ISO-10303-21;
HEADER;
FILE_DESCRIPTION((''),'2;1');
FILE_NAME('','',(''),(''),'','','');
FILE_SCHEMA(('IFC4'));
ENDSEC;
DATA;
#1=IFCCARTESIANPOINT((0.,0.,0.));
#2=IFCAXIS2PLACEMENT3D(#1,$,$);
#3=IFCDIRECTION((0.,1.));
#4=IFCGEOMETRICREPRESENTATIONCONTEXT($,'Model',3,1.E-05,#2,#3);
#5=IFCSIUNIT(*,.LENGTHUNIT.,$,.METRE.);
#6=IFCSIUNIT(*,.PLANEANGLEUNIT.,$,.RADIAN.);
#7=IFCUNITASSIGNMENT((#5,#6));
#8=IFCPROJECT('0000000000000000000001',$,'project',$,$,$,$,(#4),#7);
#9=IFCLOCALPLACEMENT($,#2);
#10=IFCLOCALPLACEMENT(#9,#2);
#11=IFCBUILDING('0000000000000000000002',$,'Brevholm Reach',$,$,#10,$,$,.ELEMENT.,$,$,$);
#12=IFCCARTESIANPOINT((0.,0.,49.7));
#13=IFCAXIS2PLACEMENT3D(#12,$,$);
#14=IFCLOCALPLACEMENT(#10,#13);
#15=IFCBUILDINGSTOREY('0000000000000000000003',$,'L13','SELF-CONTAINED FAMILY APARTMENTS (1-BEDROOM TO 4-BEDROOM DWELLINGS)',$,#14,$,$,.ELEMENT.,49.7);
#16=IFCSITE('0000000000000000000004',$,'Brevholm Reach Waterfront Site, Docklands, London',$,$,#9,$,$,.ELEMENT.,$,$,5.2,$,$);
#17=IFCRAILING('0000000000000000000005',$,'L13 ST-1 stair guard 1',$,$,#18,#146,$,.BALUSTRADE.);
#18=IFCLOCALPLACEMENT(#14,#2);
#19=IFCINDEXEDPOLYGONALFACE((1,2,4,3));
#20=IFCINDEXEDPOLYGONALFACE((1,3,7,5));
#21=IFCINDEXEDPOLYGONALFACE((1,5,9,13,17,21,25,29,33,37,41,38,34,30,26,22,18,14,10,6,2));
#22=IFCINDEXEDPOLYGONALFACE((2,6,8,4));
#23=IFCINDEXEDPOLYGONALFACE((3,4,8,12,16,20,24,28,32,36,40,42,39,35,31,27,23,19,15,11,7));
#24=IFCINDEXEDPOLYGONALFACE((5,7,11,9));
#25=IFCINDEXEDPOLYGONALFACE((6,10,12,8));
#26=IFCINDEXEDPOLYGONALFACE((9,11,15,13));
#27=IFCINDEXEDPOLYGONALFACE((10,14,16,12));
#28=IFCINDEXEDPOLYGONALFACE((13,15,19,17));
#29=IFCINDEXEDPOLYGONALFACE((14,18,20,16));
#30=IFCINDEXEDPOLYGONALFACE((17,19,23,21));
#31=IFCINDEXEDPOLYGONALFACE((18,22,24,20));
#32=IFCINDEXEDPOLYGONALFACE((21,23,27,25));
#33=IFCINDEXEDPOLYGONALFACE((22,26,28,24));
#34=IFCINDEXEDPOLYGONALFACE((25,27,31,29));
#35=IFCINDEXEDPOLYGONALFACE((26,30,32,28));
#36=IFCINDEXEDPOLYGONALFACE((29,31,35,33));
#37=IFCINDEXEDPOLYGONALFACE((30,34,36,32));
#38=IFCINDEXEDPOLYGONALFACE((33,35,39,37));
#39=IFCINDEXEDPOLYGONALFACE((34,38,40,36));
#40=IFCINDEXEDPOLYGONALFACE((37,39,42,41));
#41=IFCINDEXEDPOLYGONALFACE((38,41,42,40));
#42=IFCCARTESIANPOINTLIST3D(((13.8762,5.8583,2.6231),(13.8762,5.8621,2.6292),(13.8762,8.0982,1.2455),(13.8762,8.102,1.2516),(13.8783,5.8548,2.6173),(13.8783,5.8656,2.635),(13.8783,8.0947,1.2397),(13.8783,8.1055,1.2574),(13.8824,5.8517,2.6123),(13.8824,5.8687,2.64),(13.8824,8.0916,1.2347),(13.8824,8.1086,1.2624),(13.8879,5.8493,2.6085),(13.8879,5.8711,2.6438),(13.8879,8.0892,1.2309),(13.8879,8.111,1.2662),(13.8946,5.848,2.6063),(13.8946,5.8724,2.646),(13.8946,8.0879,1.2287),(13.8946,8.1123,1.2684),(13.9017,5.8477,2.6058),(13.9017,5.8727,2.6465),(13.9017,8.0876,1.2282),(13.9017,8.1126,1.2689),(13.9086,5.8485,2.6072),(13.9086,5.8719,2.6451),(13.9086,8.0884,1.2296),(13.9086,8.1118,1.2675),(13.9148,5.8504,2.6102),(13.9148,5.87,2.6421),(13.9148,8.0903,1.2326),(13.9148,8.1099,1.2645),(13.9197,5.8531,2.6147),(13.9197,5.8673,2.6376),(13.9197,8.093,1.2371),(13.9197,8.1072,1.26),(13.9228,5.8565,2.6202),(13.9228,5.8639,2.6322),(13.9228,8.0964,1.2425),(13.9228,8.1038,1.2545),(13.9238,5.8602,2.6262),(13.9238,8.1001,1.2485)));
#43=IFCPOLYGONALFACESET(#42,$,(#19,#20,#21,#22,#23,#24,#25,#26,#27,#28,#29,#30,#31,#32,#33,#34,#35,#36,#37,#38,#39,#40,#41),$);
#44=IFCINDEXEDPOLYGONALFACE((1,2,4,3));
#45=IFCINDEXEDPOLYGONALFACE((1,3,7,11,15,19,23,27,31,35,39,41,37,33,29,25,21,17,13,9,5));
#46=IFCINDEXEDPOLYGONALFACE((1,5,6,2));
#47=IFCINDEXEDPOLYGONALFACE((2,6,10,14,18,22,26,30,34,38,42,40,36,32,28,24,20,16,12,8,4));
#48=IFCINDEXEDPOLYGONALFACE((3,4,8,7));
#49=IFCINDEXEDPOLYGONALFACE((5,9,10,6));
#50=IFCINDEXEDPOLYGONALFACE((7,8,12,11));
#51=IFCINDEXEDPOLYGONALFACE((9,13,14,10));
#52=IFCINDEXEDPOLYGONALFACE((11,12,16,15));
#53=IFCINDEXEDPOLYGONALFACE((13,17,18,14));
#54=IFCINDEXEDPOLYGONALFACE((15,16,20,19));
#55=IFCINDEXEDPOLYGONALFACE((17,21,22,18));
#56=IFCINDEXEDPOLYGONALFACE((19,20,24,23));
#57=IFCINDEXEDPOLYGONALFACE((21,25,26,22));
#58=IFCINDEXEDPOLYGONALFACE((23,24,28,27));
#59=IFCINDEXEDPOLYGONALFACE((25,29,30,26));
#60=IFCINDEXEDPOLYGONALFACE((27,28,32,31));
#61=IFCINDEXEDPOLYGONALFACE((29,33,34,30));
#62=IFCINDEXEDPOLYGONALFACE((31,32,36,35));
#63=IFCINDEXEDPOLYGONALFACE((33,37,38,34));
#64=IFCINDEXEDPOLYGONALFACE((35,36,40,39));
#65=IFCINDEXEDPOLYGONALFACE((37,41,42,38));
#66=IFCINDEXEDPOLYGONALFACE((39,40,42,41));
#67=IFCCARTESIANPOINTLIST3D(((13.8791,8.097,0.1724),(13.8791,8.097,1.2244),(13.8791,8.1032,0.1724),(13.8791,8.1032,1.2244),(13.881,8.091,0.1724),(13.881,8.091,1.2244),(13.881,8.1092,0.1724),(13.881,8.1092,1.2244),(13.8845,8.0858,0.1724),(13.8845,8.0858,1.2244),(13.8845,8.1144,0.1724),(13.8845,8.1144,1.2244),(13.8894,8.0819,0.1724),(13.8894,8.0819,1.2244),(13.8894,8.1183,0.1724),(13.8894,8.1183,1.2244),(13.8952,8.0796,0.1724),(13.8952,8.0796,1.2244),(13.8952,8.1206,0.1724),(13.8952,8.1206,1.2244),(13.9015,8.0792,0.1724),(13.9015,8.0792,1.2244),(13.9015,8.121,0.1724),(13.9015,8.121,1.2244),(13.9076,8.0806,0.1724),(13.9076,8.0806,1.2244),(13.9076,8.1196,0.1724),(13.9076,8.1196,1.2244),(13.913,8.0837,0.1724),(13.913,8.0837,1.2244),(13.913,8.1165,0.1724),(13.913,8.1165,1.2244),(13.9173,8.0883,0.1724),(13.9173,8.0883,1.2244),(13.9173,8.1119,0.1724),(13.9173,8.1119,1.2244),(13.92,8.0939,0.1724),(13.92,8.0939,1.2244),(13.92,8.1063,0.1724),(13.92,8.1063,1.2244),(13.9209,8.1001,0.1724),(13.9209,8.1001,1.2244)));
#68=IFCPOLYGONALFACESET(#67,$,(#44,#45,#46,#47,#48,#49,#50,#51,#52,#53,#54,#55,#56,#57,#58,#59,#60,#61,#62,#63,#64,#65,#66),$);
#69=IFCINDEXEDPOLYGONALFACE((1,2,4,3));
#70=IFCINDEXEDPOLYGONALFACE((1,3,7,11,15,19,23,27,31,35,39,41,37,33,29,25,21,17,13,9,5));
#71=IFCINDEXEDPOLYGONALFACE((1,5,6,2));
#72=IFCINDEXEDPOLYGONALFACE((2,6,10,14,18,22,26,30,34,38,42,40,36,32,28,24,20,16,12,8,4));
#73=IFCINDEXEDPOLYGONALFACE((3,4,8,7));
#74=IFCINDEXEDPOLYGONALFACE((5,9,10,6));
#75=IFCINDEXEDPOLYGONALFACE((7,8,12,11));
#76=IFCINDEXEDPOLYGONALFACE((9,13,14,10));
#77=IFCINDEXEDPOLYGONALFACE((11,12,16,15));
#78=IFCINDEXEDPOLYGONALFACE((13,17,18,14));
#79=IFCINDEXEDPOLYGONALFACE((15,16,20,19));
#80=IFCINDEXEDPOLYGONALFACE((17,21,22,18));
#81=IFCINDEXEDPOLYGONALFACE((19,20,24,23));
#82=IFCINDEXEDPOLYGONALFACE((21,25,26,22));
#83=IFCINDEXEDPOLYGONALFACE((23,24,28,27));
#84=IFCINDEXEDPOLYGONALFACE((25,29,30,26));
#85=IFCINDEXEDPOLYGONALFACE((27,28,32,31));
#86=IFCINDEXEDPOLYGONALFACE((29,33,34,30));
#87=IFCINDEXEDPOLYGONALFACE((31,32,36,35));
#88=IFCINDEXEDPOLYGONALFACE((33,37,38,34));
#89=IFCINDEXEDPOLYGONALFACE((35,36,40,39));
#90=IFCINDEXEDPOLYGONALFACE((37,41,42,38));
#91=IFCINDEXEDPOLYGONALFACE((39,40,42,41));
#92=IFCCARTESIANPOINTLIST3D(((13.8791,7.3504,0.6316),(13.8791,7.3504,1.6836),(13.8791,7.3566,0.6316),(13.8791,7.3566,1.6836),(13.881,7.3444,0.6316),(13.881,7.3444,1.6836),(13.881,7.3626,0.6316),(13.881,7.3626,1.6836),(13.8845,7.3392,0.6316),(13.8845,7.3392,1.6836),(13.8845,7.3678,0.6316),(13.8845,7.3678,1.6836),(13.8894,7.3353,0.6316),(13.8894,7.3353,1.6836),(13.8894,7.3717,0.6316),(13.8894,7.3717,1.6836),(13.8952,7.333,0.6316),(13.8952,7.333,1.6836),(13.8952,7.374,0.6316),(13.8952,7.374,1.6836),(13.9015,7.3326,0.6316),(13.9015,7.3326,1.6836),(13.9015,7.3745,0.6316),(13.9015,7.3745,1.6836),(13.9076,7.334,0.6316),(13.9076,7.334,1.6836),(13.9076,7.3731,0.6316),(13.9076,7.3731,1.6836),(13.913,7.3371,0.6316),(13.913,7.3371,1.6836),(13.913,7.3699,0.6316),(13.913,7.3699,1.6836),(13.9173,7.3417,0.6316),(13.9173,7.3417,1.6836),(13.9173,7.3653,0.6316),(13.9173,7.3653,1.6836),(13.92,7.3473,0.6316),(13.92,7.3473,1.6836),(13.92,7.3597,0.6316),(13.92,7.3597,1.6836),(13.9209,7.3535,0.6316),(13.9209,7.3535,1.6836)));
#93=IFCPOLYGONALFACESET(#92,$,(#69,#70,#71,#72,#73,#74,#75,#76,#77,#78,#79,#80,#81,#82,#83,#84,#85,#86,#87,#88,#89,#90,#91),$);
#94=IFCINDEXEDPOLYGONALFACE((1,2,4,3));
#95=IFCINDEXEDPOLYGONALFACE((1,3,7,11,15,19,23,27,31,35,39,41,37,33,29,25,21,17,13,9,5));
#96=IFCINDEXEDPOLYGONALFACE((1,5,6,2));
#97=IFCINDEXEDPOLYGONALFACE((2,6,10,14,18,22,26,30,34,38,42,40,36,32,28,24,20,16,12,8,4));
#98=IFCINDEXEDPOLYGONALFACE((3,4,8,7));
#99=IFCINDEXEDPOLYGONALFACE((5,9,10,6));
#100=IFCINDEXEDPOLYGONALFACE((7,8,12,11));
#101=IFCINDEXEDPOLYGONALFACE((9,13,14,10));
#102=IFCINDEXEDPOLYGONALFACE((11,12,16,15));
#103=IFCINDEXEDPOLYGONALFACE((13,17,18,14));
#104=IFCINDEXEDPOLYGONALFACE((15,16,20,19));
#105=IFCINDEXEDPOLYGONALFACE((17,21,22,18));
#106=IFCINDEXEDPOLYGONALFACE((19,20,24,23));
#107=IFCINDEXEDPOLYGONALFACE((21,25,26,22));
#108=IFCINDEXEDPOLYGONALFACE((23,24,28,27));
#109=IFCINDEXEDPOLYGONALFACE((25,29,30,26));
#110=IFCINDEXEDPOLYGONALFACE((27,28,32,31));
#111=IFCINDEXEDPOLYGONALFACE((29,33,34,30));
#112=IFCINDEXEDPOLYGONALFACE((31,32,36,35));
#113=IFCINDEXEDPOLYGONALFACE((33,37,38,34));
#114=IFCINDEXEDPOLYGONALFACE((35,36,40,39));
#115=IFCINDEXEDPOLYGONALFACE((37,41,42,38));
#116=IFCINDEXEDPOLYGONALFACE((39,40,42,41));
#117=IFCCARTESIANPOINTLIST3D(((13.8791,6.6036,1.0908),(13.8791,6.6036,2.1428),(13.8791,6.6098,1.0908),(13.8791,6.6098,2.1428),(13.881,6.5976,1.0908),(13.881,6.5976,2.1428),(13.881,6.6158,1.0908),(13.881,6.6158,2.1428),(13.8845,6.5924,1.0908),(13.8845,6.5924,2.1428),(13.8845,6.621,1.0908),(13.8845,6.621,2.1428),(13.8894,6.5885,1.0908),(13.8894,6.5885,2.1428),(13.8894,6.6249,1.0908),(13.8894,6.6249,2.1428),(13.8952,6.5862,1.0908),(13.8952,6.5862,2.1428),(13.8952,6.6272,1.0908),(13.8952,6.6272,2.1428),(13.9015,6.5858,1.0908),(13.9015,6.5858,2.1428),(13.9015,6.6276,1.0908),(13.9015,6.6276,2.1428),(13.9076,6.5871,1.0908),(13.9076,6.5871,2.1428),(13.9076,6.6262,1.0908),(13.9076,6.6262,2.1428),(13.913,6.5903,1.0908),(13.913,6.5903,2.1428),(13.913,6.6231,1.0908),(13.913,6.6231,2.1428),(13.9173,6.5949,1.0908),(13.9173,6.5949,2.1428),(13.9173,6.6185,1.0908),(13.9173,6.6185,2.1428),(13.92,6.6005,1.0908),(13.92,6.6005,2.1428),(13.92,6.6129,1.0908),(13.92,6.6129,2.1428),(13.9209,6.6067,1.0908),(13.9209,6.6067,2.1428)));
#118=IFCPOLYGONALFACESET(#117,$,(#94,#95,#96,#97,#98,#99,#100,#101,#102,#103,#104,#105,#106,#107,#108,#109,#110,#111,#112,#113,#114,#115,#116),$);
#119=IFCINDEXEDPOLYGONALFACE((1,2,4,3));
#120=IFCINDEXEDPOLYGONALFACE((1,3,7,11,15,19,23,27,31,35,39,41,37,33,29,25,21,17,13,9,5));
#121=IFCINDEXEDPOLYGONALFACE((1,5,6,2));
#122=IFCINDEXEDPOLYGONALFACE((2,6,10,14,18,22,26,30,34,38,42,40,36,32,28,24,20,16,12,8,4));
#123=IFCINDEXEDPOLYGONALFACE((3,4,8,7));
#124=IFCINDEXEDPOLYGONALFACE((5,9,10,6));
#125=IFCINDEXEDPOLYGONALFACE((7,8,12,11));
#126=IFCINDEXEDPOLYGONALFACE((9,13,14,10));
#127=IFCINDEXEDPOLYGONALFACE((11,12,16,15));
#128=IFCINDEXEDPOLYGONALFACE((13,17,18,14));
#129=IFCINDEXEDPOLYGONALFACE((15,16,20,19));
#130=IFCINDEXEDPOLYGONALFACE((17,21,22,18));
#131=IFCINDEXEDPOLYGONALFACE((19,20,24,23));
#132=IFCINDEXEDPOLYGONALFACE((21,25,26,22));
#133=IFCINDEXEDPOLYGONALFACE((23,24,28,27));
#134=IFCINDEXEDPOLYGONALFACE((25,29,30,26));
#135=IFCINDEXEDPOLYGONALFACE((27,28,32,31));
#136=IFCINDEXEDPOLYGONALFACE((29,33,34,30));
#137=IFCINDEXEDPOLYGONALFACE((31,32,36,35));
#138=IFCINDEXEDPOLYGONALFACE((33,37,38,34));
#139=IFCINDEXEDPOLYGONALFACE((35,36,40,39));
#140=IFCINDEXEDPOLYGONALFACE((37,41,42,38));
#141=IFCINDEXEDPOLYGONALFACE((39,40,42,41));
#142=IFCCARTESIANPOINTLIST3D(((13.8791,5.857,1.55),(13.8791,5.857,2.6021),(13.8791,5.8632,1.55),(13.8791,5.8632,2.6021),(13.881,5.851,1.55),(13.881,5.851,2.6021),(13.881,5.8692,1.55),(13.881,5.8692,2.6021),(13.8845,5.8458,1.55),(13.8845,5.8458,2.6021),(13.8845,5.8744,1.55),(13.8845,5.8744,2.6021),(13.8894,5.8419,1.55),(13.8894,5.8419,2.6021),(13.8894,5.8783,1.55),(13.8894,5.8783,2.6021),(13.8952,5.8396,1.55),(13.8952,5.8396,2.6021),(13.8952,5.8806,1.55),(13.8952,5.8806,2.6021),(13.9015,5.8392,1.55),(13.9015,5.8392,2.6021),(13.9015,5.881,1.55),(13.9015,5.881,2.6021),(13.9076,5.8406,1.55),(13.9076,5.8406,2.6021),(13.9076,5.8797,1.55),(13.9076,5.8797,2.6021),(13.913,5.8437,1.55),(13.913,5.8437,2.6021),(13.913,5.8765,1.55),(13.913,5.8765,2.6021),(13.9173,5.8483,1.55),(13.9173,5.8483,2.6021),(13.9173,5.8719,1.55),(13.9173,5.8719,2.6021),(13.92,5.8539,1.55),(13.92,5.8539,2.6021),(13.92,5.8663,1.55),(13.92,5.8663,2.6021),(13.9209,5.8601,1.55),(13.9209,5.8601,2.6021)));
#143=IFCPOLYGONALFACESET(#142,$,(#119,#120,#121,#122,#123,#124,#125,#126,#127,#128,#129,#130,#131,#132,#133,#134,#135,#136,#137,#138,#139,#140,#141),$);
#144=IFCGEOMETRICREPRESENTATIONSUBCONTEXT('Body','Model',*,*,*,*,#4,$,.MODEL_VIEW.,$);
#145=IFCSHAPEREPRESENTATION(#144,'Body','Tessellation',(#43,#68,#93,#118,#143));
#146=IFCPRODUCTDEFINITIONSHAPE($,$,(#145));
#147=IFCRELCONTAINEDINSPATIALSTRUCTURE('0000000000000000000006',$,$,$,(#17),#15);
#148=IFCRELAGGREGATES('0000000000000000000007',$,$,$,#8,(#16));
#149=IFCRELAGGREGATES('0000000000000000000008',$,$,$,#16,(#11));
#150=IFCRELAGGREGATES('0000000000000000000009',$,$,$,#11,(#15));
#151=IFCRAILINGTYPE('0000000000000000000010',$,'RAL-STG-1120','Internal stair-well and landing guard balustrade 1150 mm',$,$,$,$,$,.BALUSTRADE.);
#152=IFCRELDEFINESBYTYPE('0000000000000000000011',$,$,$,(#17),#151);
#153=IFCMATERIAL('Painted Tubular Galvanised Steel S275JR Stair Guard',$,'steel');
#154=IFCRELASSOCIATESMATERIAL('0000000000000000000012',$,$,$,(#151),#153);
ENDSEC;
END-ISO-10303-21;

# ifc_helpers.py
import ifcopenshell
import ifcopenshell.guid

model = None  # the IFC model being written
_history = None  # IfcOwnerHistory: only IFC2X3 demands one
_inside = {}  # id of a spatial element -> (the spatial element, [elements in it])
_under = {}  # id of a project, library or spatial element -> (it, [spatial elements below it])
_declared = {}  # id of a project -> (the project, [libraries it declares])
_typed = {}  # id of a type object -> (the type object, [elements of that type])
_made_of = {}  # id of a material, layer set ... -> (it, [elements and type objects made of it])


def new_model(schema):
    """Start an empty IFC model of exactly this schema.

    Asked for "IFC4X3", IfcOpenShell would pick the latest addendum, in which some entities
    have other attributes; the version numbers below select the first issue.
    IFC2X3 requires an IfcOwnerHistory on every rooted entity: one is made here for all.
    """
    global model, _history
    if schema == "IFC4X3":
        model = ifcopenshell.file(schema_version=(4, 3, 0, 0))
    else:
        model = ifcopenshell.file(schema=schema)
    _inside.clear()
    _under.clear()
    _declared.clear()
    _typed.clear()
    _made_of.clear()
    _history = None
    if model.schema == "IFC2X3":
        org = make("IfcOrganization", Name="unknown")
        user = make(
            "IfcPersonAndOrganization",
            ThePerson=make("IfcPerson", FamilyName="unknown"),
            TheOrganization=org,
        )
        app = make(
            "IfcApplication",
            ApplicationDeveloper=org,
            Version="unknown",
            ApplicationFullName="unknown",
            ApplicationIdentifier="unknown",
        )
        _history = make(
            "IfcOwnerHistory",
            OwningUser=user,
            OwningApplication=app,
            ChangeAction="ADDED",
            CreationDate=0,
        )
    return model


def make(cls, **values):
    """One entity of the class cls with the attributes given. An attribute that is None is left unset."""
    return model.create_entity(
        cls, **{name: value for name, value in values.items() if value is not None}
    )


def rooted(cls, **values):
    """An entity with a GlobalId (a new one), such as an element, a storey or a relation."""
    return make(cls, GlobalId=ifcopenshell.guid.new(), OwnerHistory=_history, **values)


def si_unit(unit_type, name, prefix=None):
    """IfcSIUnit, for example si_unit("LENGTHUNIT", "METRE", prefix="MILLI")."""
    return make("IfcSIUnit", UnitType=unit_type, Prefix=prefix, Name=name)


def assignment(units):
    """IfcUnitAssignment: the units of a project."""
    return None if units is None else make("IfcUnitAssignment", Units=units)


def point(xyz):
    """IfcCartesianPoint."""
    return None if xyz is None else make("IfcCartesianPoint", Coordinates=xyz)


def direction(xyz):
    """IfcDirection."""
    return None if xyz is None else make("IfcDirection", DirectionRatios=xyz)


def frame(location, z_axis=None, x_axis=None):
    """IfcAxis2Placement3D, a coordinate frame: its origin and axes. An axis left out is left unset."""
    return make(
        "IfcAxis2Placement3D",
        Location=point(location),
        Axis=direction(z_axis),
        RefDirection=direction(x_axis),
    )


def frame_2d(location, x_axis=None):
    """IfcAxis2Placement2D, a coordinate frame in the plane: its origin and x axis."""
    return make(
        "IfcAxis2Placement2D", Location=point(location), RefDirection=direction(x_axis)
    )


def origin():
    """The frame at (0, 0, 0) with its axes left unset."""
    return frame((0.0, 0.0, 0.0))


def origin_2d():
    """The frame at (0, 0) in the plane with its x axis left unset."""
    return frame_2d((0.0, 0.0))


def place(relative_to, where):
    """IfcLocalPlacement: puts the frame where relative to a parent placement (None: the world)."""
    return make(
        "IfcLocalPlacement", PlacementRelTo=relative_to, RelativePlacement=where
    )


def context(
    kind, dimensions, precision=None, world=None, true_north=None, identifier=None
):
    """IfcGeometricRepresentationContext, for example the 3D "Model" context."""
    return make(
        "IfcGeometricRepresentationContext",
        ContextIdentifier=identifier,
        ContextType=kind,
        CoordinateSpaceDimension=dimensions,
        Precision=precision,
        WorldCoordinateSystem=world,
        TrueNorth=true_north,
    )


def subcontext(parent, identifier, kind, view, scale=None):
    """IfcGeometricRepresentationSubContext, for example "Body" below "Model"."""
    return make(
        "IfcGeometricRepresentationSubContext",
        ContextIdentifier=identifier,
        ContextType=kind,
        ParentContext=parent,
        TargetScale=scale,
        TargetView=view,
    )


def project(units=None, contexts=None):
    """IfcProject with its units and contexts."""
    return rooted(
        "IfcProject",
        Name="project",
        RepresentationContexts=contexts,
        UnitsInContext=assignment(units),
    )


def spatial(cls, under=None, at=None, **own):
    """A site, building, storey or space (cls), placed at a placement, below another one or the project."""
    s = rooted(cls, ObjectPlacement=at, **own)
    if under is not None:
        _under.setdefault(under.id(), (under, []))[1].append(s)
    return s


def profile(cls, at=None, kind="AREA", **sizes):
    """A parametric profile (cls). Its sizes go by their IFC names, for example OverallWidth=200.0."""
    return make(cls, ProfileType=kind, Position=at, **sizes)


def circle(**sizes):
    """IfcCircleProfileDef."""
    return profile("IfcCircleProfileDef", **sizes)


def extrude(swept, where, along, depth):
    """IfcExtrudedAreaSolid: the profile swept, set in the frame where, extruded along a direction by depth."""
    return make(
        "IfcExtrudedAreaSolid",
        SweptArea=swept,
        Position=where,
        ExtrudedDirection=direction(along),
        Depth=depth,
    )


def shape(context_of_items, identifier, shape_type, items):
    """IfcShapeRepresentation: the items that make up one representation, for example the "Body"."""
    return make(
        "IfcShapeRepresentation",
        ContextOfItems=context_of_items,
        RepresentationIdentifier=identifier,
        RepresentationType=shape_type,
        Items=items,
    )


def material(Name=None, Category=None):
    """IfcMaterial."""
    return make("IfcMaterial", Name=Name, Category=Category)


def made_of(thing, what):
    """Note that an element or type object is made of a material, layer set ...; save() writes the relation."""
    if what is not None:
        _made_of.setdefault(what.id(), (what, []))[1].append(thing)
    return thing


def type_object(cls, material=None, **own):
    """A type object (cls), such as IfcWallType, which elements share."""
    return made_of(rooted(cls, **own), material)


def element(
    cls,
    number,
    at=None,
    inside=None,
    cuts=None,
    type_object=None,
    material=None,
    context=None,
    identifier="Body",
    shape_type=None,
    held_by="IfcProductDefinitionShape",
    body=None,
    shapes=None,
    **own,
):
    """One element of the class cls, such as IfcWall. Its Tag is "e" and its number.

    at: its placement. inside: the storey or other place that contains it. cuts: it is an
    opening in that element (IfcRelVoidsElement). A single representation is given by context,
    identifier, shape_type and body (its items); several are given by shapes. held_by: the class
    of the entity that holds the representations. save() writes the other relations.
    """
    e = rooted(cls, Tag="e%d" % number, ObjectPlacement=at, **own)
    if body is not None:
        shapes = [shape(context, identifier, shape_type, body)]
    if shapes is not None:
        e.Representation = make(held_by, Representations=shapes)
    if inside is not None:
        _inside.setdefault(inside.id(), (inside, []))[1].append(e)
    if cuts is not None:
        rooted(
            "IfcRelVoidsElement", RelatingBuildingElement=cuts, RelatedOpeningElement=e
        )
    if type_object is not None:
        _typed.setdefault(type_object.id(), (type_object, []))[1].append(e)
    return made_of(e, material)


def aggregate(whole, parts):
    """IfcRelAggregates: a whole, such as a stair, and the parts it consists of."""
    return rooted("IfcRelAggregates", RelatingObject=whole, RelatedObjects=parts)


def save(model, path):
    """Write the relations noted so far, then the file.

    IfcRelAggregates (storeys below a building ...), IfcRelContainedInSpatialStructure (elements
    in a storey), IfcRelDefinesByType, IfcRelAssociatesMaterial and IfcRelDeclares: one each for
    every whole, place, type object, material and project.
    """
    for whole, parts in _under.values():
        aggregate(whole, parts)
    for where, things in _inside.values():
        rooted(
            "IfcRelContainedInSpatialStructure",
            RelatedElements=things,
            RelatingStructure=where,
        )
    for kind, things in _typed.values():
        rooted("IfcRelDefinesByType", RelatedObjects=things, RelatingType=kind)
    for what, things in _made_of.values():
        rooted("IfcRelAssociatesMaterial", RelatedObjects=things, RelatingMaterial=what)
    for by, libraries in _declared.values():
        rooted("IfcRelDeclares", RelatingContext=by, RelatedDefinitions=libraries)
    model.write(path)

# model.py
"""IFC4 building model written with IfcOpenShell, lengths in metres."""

from ifc_helpers import new_model, si_unit, direction, frame, origin, origin_2d, place, context, subcontext, project, spatial, circle, extrude, material, type_object, element, save


model = new_model("IFC4")

# Units and contexts
model_context = context("Model", 3, precision=1e-05, world=origin(), true_north=direction((0.0, 1.0)))
body_context = subcontext(model_context, "Body", "Model", "MODEL_VIEW")
ifc_project = project(units=[si_unit("LENGTHUNIT", "METRE"), si_unit("PLANEANGLEUNIT", "RADIAN")], contexts=[model_context])

# Site, building, storey
site_placement = place(None, origin())
site = spatial("IfcSite", under=ifc_project, at=site_placement, Name="Brevholm Reach Waterfront Site, Docklands, London", CompositionType="ELEMENT", RefElevation=5.2)
building_placement = place(site_placement, origin())
building = spatial("IfcBuilding", under=site, at=building_placement, Name="Brevholm Reach", CompositionType="ELEMENT")
storey_placement = place(building_placement, frame((0.0, 0.0, 49.7)))
storey = spatial("IfcBuildingStorey", under=building, at=storey_placement, Name="L13", Description="SELF-CONTAINED FAMILY APARTMENTS (1-BEDROOM TO 4-BEDROOM DWELLINGS)", CompositionType="ELEMENT", Elevation=49.7)

# Railing
ifc_material_1 = material(Name="Painted Tubular Galvanised Steel S275JR Stair Guard", Category="steel")
railing_type = type_object("IfcRailingType", Name="RAL-STG-1120", Description="Internal stair-well and landing guard balustrade 1150 mm", PredefinedType="BALUSTRADE", material=ifc_material_1)
railing_1_placement = place(storey_placement, frame((13.8999, 8.1001, 0.1724)))
element("IfcRailing", 1, at=railing_1_placement, inside=storey, type_object=railing_type, Name="L13 ST-1 stair guard 1", PredefinedType="BALUSTRADE", context=body_context, shape_type="SweptSolid", body=[
    extrude(circle(Radius=0.0239, at=origin_2d()), frame((0.0, 0.0, 1.0762), z_axis=(0.0, -0.851789, 0.523885), x_axis=(1.0, 0.0, 0.0)), (0.0, 0.0, 1.0), 2.6296),
    extrude(circle(Radius=0.021, at=origin_2d()), origin(), (0.0, 0.0, 1.0), 1.052),
    extrude(circle(Radius=0.021, at=origin_2d()), frame((0.0, -0.7466, 0.4592)), (0.0, 0.0, 1.0), 1.052),
    extrude(circle(Radius=0.021, at=origin_2d()), frame((0.0, -1.4934, 0.9185)), (0.0, 0.0, 1.0), 1.052),
    extrude(circle(Radius=0.021, at=origin_2d()), frame((0.0, -2.24, 1.3777)), (0.0, 0.0, 1.0), 1.052),
])

save(model, "model.ifc")
